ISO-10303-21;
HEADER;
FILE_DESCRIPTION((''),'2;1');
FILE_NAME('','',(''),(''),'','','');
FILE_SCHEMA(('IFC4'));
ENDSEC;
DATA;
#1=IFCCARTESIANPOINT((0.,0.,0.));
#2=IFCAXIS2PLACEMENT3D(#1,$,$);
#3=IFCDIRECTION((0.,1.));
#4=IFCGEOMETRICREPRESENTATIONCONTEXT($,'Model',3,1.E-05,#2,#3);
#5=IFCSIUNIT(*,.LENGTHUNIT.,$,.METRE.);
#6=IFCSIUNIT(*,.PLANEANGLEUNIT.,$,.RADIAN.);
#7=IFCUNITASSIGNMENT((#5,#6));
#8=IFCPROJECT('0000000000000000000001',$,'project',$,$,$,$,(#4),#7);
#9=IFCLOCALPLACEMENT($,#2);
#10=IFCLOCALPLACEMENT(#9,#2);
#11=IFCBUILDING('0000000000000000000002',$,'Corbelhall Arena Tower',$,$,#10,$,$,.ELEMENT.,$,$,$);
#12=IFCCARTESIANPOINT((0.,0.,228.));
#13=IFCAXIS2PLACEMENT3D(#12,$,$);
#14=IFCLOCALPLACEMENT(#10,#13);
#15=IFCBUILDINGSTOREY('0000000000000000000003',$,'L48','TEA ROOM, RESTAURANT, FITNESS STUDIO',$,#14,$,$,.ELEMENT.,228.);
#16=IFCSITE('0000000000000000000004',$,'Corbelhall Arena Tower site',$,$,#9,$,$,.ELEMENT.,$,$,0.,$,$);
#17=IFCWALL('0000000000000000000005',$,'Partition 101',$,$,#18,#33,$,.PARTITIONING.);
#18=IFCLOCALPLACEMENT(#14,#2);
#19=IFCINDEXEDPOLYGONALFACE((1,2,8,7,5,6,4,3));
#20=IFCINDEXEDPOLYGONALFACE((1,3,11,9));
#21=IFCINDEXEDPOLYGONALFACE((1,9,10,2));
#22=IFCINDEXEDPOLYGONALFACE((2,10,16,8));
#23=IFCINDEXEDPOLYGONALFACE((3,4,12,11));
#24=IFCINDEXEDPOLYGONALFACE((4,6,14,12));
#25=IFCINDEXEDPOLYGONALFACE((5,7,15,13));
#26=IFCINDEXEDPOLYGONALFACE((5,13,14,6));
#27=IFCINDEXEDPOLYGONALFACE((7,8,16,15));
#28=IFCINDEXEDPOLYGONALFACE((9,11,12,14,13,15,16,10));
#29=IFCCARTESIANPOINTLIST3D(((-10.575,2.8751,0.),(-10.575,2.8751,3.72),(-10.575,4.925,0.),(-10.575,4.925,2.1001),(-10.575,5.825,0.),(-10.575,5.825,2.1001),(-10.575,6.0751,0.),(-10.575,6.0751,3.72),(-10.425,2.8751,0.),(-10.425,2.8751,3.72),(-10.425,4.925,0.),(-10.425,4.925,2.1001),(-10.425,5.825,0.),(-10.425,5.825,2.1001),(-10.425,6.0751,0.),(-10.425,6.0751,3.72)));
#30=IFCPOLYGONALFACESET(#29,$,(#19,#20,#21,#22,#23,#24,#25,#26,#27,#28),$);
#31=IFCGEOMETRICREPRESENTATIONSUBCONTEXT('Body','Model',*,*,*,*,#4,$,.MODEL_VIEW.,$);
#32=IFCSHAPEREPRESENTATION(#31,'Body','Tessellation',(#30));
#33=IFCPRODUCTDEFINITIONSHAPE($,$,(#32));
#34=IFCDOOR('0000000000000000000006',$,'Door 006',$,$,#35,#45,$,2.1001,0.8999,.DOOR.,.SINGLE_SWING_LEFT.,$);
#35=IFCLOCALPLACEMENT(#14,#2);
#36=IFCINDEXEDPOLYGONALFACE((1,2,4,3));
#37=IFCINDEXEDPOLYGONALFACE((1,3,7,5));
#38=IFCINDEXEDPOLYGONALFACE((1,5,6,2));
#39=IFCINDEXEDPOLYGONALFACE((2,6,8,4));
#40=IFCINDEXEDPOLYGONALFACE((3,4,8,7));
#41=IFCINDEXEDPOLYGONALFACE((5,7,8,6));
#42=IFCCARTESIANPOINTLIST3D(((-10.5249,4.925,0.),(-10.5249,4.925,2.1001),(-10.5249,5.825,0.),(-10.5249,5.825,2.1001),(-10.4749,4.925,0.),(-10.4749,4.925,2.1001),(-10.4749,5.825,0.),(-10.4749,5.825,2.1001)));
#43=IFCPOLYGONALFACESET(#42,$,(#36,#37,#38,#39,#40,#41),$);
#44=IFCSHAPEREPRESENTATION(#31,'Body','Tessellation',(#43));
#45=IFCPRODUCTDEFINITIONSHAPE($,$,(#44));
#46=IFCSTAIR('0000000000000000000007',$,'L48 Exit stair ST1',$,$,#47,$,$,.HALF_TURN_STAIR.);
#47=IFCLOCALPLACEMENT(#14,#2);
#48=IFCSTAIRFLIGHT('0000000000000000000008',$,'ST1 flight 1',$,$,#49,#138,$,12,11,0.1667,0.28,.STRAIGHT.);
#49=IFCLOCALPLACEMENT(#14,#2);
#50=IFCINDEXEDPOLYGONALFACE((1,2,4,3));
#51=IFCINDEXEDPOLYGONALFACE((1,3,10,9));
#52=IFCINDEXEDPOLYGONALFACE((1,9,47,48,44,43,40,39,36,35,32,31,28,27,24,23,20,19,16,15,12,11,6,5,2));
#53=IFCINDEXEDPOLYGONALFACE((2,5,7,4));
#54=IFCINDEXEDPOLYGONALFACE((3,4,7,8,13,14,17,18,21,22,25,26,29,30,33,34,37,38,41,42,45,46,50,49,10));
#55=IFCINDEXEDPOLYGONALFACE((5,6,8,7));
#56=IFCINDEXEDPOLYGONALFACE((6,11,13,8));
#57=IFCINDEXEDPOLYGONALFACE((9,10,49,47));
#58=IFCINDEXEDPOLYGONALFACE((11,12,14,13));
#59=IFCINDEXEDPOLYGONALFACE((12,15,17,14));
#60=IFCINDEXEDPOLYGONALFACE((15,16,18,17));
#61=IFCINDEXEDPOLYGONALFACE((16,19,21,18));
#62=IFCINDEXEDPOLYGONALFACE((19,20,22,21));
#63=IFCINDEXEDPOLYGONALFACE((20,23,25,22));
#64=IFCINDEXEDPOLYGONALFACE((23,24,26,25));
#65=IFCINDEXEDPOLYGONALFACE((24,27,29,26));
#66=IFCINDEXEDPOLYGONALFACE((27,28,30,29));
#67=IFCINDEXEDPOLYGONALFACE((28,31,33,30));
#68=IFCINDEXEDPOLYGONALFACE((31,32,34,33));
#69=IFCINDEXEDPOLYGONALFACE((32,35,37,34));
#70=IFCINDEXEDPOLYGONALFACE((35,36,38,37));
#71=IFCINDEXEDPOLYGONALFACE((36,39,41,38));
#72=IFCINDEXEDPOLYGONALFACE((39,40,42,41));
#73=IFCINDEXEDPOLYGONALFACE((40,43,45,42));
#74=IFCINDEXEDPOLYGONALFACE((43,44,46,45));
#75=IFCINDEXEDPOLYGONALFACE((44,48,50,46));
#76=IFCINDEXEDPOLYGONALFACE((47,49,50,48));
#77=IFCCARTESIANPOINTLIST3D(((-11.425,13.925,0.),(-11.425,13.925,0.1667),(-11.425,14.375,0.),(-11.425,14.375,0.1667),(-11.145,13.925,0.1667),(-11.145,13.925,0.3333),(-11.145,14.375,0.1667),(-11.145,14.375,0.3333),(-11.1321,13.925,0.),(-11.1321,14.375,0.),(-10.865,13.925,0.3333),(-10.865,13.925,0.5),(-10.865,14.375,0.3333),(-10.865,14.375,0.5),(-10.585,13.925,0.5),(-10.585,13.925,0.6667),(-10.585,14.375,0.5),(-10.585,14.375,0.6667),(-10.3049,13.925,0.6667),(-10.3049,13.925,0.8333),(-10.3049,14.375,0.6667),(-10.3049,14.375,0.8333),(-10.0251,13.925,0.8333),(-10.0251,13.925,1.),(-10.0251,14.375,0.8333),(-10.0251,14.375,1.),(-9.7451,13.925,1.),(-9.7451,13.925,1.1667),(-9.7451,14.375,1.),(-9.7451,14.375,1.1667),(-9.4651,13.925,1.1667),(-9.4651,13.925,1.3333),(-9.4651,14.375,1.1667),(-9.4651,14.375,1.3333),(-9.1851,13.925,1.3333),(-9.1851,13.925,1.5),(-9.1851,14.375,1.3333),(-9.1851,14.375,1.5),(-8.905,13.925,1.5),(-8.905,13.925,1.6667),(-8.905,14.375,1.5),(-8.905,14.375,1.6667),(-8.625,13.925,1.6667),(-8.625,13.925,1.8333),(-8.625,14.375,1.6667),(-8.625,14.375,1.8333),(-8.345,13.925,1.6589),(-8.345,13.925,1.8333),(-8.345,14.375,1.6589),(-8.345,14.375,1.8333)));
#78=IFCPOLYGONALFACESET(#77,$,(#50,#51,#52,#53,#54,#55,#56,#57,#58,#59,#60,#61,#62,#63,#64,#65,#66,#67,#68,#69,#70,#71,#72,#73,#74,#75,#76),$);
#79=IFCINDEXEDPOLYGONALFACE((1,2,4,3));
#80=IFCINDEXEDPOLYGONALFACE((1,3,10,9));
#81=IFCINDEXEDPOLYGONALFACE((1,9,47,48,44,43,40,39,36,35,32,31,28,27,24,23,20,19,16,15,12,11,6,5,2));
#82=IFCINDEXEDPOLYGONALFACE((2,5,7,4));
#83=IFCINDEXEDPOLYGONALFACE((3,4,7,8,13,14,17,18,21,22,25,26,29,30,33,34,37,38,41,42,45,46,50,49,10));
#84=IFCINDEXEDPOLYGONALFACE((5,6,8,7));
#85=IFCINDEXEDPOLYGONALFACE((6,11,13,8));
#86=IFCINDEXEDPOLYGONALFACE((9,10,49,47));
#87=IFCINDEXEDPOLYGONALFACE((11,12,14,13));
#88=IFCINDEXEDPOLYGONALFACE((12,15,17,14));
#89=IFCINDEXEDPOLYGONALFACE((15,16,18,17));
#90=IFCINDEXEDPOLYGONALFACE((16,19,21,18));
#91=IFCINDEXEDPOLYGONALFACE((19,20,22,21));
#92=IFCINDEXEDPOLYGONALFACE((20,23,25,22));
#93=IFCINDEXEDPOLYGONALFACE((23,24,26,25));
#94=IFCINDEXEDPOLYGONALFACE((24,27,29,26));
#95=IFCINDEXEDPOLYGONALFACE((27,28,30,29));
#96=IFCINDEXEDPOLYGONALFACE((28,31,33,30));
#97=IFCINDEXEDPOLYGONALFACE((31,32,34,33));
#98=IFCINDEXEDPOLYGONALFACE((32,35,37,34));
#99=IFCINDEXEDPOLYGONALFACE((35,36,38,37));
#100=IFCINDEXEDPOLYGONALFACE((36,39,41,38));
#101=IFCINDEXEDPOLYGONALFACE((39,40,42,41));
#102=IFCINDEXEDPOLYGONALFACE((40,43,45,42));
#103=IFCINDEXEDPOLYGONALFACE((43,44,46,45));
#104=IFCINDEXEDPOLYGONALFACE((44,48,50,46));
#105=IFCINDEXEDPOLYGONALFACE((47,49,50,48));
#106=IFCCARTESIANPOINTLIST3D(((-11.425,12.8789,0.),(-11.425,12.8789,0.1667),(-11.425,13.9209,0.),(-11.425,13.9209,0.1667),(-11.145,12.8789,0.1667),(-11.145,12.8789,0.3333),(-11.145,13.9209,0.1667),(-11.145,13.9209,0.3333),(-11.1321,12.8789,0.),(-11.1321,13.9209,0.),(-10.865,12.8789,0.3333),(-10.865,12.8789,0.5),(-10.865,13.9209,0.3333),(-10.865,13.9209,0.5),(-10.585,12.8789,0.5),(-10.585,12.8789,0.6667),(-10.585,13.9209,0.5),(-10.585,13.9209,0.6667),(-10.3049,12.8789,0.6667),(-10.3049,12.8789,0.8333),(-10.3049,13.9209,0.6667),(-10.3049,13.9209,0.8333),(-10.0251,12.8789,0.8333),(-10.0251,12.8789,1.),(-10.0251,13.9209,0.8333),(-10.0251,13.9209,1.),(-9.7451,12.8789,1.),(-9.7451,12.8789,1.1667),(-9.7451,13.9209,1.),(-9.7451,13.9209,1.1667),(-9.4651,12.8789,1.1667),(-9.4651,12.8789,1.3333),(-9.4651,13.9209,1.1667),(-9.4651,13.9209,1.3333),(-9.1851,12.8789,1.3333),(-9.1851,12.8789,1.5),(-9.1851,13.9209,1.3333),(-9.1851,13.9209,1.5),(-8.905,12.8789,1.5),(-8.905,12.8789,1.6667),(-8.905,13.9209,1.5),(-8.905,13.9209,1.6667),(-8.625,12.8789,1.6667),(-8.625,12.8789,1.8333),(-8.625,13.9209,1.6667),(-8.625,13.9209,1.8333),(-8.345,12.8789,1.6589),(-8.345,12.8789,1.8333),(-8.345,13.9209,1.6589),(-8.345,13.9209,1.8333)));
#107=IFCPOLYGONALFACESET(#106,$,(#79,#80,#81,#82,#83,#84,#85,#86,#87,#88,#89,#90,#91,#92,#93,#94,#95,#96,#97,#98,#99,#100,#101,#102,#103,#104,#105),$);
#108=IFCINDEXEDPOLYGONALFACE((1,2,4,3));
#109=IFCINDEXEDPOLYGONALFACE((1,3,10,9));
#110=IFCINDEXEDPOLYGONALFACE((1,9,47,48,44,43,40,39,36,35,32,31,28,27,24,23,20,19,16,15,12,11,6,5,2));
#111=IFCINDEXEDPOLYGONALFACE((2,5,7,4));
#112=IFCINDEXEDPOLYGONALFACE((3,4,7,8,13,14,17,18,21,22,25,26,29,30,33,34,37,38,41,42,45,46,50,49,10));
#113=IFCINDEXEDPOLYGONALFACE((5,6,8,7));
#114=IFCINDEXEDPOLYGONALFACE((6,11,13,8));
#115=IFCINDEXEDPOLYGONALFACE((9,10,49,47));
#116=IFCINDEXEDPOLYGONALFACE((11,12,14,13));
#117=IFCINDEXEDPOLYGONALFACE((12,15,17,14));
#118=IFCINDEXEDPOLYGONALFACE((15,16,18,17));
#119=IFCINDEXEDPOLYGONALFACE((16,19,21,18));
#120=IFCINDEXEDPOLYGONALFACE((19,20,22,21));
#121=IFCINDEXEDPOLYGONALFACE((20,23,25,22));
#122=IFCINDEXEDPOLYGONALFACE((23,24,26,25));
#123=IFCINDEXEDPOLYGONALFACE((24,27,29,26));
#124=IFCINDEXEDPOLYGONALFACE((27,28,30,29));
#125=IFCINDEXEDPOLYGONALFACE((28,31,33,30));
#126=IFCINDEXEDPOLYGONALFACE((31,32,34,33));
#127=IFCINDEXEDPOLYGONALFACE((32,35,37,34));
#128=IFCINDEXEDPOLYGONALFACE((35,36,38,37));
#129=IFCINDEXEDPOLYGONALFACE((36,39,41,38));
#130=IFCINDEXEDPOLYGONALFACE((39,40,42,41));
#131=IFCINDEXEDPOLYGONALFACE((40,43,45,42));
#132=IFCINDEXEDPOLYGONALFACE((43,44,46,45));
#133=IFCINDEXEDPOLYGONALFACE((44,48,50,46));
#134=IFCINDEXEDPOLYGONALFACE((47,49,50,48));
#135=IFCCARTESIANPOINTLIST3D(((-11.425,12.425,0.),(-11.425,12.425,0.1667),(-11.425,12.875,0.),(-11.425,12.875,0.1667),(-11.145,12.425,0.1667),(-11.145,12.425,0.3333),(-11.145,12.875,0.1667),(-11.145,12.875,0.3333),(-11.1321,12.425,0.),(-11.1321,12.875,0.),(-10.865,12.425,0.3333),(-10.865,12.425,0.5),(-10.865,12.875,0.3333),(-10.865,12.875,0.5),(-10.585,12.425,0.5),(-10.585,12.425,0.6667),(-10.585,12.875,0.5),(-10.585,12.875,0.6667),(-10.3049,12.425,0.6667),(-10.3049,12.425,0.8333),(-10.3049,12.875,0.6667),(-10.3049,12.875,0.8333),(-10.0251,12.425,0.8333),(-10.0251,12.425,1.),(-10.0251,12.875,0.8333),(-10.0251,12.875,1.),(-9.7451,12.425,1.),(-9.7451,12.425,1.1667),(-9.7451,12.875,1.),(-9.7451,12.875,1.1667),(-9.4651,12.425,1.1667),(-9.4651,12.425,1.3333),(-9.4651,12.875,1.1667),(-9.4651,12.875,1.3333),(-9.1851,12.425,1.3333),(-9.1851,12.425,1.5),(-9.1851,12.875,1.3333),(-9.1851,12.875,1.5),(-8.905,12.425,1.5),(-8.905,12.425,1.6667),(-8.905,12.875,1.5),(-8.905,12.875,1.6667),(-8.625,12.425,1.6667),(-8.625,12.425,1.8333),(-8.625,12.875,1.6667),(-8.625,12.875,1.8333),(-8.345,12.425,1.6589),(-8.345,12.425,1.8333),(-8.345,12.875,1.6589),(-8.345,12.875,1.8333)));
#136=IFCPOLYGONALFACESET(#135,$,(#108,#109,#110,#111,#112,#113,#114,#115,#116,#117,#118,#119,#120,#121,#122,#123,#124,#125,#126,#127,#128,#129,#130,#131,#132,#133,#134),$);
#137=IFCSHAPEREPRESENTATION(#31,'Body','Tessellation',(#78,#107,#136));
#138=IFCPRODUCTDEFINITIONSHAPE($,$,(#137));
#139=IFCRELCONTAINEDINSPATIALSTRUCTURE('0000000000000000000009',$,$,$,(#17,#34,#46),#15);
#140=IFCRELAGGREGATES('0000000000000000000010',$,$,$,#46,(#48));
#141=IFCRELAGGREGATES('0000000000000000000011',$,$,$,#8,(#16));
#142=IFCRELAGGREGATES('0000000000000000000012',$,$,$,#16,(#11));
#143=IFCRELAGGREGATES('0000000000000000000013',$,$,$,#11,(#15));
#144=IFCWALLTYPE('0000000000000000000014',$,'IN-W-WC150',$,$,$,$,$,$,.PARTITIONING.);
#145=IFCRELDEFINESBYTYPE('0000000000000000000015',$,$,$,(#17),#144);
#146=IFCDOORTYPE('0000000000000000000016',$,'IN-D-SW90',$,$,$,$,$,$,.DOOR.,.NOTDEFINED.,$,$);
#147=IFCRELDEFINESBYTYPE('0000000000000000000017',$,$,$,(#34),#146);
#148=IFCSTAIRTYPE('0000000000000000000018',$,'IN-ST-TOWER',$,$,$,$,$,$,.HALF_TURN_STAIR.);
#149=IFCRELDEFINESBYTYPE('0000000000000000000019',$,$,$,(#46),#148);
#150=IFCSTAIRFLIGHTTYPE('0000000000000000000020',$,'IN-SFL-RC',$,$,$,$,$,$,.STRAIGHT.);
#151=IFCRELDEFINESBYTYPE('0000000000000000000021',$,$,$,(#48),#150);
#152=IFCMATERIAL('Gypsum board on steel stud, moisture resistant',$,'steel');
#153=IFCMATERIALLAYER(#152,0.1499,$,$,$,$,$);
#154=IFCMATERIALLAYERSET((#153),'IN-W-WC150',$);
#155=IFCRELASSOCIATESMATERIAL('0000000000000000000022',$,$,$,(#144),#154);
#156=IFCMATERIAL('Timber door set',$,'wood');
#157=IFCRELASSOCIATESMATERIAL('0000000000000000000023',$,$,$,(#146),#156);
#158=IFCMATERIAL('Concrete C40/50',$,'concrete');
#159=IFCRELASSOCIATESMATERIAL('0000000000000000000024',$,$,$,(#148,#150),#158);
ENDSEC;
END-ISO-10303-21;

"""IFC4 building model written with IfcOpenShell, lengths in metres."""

from ifc_helpers import new_model, si_unit, direction, frame, frame_2d, origin, place, context, subcontext, project, spatial, polyline, rectangle, outline, extrude, material, layer, layer_set, type_object, element, fill, aggregate, save


model = new_model("IFC4")

# Units and contexts
model_context = context("Model", 3, precision=1e-05, world=origin(), true_north=direction((0.0, 1.0)))
body_context = subcontext(model_context, "Body", "Model", "MODEL_VIEW")
ifc_project = project(units=[si_unit("LENGTHUNIT", "METRE"), si_unit("PLANEANGLEUNIT", "RADIAN")], contexts=[model_context])

# Site, building, storey
site_placement = place(None, origin())
site = spatial("IfcSite", under=ifc_project, at=site_placement, Name="Corbelhall Arena Tower site", CompositionType="ELEMENT", RefElevation=0.0)
building_placement = place(site_placement, origin())
building = spatial("IfcBuilding", under=site, at=building_placement, Name="Corbelhall Arena Tower", CompositionType="ELEMENT")
storey_placement = place(building_placement, frame((0.0, 0.0, 228.0)))
storey = spatial("IfcBuildingStorey", under=building, at=storey_placement, Name="L48", Description="TEA ROOM, RESTAURANT, FITNESS STUDIO", CompositionType="ELEMENT", Elevation=228.0)

# Shared definitions
ifc_material_1 = material(Name="Concrete C40/50", Category="concrete")

# Wall, opening, door
ifc_material_2 = material(Name="Gypsum board on steel stud, moisture resistant", Category="steel")
ifc_layer_1 = layer(ifc_material_2, 0.1499)
ifc_layer_set_1 = layer_set([ifc_layer_1], Name="IN-W-WC150")
wall_type_1 = type_object("IfcWallType", Name="IN-W-WC150", PredefinedType="PARTITIONING", material=ifc_layer_set_1)
wall_1_placement = place(storey_placement, frame((-10.5, 2.875, 0.0), z_axis=(0.0, 0.0, 1.0), x_axis=(0.0, 1.0, 0.0)))
wall_1 = element("IfcWall", 1, at=wall_1_placement, inside=storey, type_object=wall_type_1, Name="Partition 101", PredefinedType="PARTITIONING", context=body_context, shape_type="SweptSolid", body=[
    extrude(rectangle(XDim=3.2, YDim=0.1499, at=frame_2d((1.6001, 0.0))), origin(), (0.0, 0.0, 1.0), 3.72),
])
opening_1_placement = place(wall_1_placement, frame((2.05, 0.0, 0.0)))
opening_1 = element("IfcOpeningElement", 2, at=opening_1_placement, cuts=wall_1, PredefinedType="OPENING", context=body_context, shape_type="SweptSolid", body=[
    extrude(rectangle(XDim=0.8999, YDim=2.1001, at=frame_2d((0.45, 1.05))), frame((0.0, 0.075, 0.0), z_axis=(0.0, -1.0, 0.0), x_axis=(1.0, 0.0, 0.0)), (0.0, 0.0, 1.0), 0.1499),
])
ifc_material_3 = material(Name="Timber door set", Category="wood")
door_type_1 = type_object("IfcDoorType", Name="IN-D-SW90", OperationType="NOTDEFINED", PredefinedType="DOOR", material=ifc_material_3)
door_1_placement = place(opening_1_placement, origin())
door_1 = element("IfcDoor", 3, at=door_1_placement, inside=storey, type_object=door_type_1, Name="Door 006", OperationType="SINGLE_SWING_LEFT", OverallHeight=2.1001, OverallWidth=0.8999, PredefinedType="DOOR", context=body_context, shape_type="SweptSolid", body=[
    extrude(rectangle(XDim=0.8999, YDim=2.1001, at=frame_2d((0.45, 1.05))), frame((0.0, 0.0249, 0.0), z_axis=(0.0, -1.0, 0.0), x_axis=(1.0, 0.0, 0.0)), (0.0, 0.0, 1.0), 0.05),
])
fill(opening_1, door_1)

# Stair, stair flight
stair_type = type_object("IfcStairType", Name="IN-ST-TOWER", PredefinedType="HALF_TURN_STAIR", material=ifc_material_1)
stair_placement = place(storey_placement, origin())
stair = element("IfcStair", 4, at=stair_placement, inside=storey, type_object=stair_type, Name="L48 Exit stair ST1", PredefinedType="HALF_TURN_STAIR")
stair_flight_type = type_object("IfcStairFlightType", Name="IN-SFL-RC", PredefinedType="STRAIGHT", material=ifc_material_1)
stair_flight_placement = place(storey_placement, frame((-11.425, 13.3999, 0.0), z_axis=(0.0, 0.0, 1.0), x_axis=(1.0, 0.0, 0.0)))
stair_flight = element("IfcStairFlight", 5, at=stair_flight_placement, type_object=stair_flight_type, Name="ST1 flight 1", NumberOfRisers=12, NumberOfTreads=11, PredefinedType="STRAIGHT", RiserHeight=0.1667, TreadLength=0.28, context=body_context, shape_type="SweptSolid", body=[
    extrude(outline(polyline([(0.0, 0.0), (0.0, 0.1667), (0.28, 0.1667), (0.28, 0.3333), (0.5601, 0.3333), (0.5601, 0.5), (0.8401, 0.5), (0.8401, 0.6667), (1.1201, 0.6667), (1.1201, 0.8333), (1.3999, 0.8333), (1.3999, 1.0), (1.6799, 1.0), (1.6799, 1.1667), (1.96, 1.1667), (1.96, 1.3333), (2.24, 1.3333), (2.24, 1.5), (2.52, 1.5), (2.52, 1.6667), (2.8, 1.6667), (2.8, 1.8333), (3.0801, 1.8333), (3.0801, 2.0), (3.0801, 1.6589), (0.293, 0.0), (0.0, 0.0)])), frame((0.0, 0.9751, 0.0), z_axis=(0.0, -1.0, 0.0), x_axis=(1.0, 0.0, 0.0)), (0.0, 0.0, 1.0), 0.45),
    extrude(outline(polyline([(0.0, 0.0), (0.0, 0.1667), (0.28, 0.1667), (0.28, 0.3333), (0.5601, 0.3333), (0.5601, 0.5), (0.8401, 0.5), (0.8401, 0.6667), (1.1201, 0.6667), (1.1201, 0.8333), (1.3999, 0.8333), (1.3999, 1.0), (1.6799, 1.0), (1.6799, 1.1667), (1.96, 1.1667), (1.96, 1.3333), (2.24, 1.3333), (2.24, 1.5), (2.52, 1.5), (2.52, 1.6667), (2.8, 1.6667), (2.8, 1.8333), (3.0801, 1.8333), (3.0801, 2.0), (3.0801, 1.6589), (0.293, 0.0), (0.0, 0.0)])), frame((0.0, 0.521, 0.0), z_axis=(0.0, -1.0, 0.0), x_axis=(1.0, 0.0, 0.0)), (0.0, 0.0, 1.0), 1.042),
    extrude(outline(polyline([(0.0, 0.0), (0.0, 0.1667), (0.28, 0.1667), (0.28, 0.3333), (0.5601, 0.3333), (0.5601, 0.5), (0.8401, 0.5), (0.8401, 0.6667), (1.1201, 0.6667), (1.1201, 0.8333), (1.3999, 0.8333), (1.3999, 1.0), (1.6799, 1.0), (1.6799, 1.1667), (1.96, 1.1667), (1.96, 1.3333), (2.24, 1.3333), (2.24, 1.5), (2.52, 1.5), (2.52, 1.6667), (2.8, 1.6667), (2.8, 1.8333), (3.0801, 1.8333), (3.0801, 2.0), (3.0801, 1.6589), (0.293, 0.0), (0.0, 0.0)])), frame((0.0, -0.5249, 0.0), z_axis=(0.0, -1.0, 0.0), x_axis=(1.0, 0.0, 0.0)), (0.0, 0.0, 1.0), 0.45),
])
aggregate(stair, [stair_flight])

save(model, "model.ifc")
